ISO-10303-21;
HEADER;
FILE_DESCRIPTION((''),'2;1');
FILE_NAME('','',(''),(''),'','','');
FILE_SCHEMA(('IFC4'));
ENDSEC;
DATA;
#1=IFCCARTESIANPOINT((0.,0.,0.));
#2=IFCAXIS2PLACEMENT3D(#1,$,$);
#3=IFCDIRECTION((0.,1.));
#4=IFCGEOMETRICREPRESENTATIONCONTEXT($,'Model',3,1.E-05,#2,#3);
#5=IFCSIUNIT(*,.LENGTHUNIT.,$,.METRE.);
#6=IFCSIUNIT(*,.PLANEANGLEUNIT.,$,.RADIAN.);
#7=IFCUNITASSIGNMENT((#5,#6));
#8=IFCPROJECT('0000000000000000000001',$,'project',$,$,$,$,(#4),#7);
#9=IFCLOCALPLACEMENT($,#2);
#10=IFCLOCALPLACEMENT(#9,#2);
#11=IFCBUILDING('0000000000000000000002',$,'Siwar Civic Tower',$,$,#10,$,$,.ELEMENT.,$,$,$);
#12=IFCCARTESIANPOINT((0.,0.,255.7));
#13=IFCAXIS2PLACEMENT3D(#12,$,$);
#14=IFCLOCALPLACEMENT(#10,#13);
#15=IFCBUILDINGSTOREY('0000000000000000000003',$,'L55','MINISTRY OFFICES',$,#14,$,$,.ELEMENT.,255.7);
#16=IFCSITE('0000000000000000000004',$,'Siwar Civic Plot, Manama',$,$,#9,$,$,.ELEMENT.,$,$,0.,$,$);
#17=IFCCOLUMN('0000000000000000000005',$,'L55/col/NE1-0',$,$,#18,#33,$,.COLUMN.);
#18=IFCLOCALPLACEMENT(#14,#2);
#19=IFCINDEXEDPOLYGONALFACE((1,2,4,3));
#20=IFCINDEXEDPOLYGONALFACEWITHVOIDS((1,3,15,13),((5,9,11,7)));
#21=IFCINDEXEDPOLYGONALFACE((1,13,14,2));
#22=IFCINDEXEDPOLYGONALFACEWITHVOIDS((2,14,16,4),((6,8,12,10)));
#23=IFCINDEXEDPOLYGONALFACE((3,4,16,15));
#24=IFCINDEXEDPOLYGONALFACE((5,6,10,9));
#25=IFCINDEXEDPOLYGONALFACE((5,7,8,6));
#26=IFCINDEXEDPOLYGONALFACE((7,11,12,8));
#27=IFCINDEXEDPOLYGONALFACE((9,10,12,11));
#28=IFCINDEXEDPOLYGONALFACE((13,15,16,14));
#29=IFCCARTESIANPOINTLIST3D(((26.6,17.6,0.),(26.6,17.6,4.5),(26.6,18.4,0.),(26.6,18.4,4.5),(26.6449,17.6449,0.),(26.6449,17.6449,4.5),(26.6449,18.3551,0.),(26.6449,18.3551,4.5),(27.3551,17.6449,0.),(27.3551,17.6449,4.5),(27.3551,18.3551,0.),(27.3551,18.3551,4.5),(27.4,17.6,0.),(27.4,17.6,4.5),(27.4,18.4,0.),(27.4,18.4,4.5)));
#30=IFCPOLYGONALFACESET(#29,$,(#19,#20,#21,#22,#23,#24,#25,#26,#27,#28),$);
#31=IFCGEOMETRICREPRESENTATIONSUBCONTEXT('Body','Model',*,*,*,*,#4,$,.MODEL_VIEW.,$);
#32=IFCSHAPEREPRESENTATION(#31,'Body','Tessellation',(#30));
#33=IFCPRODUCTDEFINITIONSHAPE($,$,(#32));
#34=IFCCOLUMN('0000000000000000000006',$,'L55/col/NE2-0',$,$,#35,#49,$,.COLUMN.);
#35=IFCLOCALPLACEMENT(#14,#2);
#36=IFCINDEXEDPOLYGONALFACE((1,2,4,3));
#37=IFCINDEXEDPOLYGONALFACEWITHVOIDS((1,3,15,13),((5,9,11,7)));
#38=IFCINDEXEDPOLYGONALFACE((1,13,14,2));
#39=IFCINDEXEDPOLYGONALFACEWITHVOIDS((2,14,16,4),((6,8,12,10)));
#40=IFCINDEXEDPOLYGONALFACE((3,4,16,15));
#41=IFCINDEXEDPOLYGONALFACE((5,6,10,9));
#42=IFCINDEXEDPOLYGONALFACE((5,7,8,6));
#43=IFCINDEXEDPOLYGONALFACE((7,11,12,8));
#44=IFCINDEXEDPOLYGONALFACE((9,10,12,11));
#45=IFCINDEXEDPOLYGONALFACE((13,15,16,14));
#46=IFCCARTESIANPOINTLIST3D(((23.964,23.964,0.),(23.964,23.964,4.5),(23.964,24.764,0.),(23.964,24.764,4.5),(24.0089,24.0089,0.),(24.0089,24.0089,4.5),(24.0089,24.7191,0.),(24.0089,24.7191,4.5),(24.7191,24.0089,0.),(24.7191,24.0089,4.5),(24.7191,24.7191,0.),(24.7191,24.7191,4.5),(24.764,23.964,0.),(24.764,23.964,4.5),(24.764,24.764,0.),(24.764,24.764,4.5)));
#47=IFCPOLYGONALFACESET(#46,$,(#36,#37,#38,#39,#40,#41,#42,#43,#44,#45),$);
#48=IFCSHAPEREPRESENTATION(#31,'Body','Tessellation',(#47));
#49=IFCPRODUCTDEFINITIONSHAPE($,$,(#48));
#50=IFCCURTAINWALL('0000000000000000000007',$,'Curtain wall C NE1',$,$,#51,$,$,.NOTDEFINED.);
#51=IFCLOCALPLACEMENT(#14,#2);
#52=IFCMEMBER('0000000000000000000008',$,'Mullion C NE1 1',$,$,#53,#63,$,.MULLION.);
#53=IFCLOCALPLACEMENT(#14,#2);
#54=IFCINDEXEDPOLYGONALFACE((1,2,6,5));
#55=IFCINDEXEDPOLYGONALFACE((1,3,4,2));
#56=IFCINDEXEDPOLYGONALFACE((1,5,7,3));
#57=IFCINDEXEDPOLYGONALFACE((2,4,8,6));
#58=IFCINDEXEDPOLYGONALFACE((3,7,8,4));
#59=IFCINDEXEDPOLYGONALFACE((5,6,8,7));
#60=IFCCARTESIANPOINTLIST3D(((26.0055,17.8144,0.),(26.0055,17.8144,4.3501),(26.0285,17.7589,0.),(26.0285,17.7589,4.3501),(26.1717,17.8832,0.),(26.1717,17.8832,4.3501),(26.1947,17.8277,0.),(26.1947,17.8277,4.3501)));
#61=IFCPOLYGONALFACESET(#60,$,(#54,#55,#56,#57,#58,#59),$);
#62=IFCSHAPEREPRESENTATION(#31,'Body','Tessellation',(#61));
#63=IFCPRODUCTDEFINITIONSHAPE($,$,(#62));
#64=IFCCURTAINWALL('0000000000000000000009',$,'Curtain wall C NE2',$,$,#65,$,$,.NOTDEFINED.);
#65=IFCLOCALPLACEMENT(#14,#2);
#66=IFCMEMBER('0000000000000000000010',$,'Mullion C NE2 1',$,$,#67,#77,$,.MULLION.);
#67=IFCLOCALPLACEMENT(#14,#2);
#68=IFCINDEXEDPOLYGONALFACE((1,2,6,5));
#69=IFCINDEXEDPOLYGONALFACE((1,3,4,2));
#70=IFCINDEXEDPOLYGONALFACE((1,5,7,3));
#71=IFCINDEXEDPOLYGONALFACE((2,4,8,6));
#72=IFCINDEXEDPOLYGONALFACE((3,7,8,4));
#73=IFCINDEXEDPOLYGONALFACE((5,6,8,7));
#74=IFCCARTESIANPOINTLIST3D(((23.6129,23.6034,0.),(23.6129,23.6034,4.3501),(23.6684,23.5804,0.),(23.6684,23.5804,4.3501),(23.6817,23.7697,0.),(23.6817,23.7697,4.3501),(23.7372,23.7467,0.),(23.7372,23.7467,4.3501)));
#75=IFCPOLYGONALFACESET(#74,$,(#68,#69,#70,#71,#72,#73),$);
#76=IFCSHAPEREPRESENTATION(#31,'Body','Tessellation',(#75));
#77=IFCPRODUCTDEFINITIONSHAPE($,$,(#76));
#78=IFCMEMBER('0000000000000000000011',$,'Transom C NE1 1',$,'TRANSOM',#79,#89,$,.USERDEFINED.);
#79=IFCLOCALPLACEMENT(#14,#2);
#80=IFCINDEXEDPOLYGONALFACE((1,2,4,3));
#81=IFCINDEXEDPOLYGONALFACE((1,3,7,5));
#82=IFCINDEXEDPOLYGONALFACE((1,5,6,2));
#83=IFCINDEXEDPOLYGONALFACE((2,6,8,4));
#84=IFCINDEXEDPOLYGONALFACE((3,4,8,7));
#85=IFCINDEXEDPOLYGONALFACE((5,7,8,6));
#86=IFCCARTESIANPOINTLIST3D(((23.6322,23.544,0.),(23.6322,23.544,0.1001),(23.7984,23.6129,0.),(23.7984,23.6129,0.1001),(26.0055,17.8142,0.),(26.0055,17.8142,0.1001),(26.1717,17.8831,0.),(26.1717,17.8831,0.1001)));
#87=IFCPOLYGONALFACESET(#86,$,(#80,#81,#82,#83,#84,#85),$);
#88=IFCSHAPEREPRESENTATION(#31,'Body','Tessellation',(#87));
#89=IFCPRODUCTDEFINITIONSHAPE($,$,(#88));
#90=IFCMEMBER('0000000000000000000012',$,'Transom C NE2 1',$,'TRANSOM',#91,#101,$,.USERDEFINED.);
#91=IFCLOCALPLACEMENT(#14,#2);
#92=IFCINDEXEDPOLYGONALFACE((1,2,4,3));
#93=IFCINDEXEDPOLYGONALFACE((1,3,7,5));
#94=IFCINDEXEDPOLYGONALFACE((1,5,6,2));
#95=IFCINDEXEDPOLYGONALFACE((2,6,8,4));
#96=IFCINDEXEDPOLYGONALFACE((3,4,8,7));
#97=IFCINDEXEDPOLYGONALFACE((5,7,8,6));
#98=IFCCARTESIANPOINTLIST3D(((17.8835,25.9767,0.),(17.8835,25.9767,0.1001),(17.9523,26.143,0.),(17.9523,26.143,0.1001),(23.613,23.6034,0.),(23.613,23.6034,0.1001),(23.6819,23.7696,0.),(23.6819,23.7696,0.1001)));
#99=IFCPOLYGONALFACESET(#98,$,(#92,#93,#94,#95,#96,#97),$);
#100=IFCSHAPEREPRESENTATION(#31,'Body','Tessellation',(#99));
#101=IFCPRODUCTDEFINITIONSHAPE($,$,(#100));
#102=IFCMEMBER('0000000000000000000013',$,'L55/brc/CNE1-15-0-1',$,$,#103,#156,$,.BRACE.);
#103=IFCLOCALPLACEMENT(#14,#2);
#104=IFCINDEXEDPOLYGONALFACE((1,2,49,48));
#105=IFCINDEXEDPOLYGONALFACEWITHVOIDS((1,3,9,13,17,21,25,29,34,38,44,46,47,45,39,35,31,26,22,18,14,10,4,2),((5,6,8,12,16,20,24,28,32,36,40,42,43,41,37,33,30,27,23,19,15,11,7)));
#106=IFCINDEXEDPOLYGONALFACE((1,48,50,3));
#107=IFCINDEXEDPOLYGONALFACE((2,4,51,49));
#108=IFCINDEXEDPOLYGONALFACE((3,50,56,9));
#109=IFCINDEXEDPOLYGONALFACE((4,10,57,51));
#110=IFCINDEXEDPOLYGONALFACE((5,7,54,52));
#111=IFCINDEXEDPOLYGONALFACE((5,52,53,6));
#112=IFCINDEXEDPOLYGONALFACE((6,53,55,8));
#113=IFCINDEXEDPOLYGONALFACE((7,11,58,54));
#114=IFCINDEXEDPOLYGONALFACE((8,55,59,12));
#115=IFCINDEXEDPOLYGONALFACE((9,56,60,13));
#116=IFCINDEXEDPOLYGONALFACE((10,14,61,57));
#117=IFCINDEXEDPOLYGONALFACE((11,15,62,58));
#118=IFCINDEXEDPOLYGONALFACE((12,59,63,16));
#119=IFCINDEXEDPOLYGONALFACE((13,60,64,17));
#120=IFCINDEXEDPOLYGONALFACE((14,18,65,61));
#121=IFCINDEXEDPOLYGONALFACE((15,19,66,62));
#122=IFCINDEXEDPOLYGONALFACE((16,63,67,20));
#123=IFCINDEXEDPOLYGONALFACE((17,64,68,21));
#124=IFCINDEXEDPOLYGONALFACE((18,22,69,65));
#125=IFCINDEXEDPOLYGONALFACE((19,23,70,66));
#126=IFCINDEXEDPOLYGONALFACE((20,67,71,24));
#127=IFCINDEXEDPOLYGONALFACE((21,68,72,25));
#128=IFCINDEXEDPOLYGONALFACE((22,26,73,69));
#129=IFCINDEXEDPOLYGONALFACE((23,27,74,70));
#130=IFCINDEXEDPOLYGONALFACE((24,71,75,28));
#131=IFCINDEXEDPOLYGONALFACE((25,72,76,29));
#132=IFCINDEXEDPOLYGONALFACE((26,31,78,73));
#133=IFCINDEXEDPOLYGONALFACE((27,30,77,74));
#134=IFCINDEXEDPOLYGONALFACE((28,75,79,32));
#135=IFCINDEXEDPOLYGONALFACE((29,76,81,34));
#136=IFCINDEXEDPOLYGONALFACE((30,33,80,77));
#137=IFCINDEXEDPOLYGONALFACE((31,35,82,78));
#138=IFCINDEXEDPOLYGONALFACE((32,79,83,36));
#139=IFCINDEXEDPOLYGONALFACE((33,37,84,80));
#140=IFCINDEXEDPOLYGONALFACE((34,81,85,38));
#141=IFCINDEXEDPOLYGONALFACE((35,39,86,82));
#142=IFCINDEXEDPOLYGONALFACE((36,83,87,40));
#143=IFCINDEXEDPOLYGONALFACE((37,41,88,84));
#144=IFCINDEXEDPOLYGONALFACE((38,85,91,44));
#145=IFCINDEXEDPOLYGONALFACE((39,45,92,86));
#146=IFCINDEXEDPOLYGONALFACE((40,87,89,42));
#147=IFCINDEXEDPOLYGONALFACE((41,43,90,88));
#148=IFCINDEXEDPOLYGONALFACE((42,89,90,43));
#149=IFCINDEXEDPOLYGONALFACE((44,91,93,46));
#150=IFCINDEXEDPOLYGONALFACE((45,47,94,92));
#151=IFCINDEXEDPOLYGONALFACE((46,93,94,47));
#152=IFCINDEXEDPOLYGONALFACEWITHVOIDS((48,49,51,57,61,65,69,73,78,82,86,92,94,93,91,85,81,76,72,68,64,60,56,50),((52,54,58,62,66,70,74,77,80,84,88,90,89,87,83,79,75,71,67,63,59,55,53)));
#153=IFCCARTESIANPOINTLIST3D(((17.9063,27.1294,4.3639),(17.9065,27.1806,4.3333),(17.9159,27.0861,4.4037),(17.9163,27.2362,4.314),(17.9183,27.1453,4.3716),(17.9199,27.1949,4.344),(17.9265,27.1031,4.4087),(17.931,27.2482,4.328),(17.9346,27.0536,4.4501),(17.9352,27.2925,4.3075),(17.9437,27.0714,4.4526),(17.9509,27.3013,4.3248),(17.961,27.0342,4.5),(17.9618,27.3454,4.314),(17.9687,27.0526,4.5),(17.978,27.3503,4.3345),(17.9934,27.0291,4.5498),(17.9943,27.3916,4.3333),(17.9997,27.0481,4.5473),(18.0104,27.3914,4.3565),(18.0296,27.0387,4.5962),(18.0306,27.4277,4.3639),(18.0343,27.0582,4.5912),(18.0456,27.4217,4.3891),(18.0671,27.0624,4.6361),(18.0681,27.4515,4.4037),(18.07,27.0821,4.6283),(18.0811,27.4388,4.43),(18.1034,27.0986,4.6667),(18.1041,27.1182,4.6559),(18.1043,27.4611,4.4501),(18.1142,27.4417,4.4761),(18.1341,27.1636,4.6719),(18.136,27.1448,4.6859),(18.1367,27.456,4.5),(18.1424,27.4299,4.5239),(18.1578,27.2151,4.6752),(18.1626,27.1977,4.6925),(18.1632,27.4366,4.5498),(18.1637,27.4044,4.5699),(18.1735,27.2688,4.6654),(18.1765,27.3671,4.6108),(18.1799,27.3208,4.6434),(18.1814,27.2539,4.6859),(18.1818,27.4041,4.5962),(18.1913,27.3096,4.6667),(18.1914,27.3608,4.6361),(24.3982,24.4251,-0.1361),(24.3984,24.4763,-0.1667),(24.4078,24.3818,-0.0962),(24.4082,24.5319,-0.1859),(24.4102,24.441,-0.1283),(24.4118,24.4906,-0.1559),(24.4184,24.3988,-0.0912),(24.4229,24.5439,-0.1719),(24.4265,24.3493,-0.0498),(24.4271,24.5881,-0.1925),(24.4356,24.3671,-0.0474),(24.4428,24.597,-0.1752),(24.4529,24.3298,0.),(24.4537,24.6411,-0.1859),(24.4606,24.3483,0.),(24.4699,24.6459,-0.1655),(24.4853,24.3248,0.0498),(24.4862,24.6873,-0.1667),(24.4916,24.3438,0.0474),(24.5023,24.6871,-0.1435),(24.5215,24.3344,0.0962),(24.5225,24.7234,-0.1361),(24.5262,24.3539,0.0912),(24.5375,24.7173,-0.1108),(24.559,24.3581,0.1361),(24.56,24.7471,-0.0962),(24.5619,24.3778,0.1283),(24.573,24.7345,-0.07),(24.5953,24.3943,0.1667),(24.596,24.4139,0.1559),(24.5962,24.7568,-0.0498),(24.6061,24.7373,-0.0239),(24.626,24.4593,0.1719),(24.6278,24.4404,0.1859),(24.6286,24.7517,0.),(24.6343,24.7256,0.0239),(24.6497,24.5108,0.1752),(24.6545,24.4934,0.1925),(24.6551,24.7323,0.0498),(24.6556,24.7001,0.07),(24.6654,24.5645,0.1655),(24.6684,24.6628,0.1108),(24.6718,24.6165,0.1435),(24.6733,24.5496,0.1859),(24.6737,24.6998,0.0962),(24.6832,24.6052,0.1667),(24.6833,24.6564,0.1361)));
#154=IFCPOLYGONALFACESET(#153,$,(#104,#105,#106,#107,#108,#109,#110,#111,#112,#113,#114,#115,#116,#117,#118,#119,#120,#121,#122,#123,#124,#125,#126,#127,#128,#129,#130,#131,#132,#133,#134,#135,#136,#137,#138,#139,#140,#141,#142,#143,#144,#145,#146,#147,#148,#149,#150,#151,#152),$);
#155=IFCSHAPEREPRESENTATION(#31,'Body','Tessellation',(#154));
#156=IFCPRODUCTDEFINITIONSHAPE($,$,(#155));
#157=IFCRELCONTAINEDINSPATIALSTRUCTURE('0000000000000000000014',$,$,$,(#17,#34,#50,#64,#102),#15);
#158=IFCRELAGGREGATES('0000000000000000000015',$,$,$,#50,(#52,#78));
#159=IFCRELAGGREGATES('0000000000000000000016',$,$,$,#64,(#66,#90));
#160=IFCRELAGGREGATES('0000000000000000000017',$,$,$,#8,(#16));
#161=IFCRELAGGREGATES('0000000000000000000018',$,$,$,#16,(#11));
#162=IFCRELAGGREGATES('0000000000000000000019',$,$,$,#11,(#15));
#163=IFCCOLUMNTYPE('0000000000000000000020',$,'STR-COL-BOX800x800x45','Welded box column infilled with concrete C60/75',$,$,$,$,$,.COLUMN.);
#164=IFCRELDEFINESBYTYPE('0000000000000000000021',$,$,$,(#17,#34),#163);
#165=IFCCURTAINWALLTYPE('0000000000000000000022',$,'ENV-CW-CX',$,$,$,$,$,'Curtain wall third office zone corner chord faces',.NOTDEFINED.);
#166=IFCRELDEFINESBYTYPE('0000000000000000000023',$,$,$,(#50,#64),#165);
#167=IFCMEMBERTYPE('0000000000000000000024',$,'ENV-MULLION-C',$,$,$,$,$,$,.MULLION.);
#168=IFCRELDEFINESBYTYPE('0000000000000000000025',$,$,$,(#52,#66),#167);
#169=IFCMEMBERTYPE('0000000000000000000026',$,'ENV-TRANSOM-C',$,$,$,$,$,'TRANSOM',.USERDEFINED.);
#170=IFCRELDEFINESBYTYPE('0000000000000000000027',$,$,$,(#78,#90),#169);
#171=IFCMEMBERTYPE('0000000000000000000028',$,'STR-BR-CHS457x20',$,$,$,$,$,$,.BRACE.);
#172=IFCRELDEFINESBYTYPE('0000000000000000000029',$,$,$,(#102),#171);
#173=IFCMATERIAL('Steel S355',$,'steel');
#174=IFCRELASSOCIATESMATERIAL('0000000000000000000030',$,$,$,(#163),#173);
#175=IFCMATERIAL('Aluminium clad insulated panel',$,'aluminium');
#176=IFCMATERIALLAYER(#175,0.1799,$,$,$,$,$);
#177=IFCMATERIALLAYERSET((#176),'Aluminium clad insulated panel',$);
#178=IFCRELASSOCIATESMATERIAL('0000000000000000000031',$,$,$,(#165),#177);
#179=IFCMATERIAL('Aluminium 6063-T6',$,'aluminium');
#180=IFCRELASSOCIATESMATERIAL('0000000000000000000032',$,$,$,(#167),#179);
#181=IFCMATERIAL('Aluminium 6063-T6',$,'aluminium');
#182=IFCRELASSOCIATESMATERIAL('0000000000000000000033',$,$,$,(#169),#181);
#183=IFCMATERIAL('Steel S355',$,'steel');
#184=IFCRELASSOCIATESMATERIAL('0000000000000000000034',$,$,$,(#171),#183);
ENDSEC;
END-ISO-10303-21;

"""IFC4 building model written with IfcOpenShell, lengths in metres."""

from ifc_helpers import new_model, si_unit, direction, frame, origin, origin_2d, place, context, subcontext, project, spatial, rectangle, hollow_rectangle, hollow_circle, extrude, material, layer, layer_set, material_profile, profile_set, type_object, element, aggregate, save


model = new_model("IFC4")

# Units and contexts
model_context = context("Model", 3, precision=1e-05, world=origin(), true_north=direction((0.0, 1.0)))
body_context = subcontext(model_context, "Body", "Model", "MODEL_VIEW")
ifc_project = project(units=[si_unit("LENGTHUNIT", "METRE"), si_unit("PLANEANGLEUNIT", "RADIAN")], contexts=[model_context])

# Site, building, storey
site_placement = place(None, origin())
site = spatial("IfcSite", under=ifc_project, at=site_placement, Name="Siwar Civic Plot, Manama", CompositionType="ELEMENT", RefElevation=0.0)
building_placement = place(site_placement, origin())
building = spatial("IfcBuilding", under=site, at=building_placement, Name="Siwar Civic Tower", CompositionType="ELEMENT")
storey_placement = place(building_placement, frame((0.0, 0.0, 255.7)))
storey = spatial("IfcBuildingStorey", under=building, at=storey_placement, Name="L55", Description="MINISTRY OFFICES", CompositionType="ELEMENT", Elevation=255.7)

# Columns
ifc_material_1 = material(Name="Steel S355", Category="steel")
ifc_material_profile_1 = material_profile(ifc_material_1, hollow_rectangle(XDim=0.8, YDim=0.8, WallThickness=0.0449, at=origin_2d()), Name="BOX800x800x45")
ifc_profile_set_1 = profile_set([ifc_material_profile_1], Name="Steel S355")
column_type = type_object("IfcColumnType", Name="STR-COL-BOX800x800x45", Description="Welded box column infilled with concrete C60/75", PredefinedType="COLUMN", material=ifc_profile_set_1)
for number, where, z_axis, x_axis, name in (
    (1, (27.0, 18.0, 0.0), (0.0, 0.0, 1.0), (1.0, 0.0, 0.0), "L55/col/NE1-0"),
    (2, (24.364, 24.364, 0.0), (0.0, 0.0, 1.0), (1.0, 0.0, 0.0), "L55/col/NE2-0"),
):
    element("IfcColumn", number, at=place(storey_placement, frame(where, z_axis=z_axis, x_axis=x_axis)), inside=storey, type_object=column_type, Name=name, PredefinedType="COLUMN", context=body_context, shape_type="SweptSolid", body=[
        extrude(hollow_rectangle(XDim=0.8, YDim=0.8, WallThickness=0.0449, at=origin_2d()), origin(), (0.0, 0.0, 1.0), 4.5),
    ])

# Curtain walls, members
ifc_material_2 = material(Name="Aluminium clad insulated panel", Category="aluminium")
ifc_layer_1 = layer(ifc_material_2, 0.1799)
ifc_layer_set_1 = layer_set([ifc_layer_1], Name="Aluminium clad insulated panel")
curtain_wall_type_1 = type_object("IfcCurtainWallType", Name="ENV-CW-CX", ElementType="Curtain wall third office zone corner chord faces", PredefinedType="NOTDEFINED", material=ifc_layer_set_1)
curtain_wall_1_placement = place(storey_placement, origin())
curtain_wall_1 = element("IfcCurtainWall", 3, at=curtain_wall_1_placement, inside=storey, type_object=curtain_wall_type_1, Name="Curtain wall C NE1", PredefinedType="NOTDEFINED")
ifc_material_3 = material(Name="Aluminium 6063-T6", Category="aluminium")
ifc_material_profile_2 = material_profile(ifc_material_3, rectangle(XDim=0.1799, YDim=0.0601, at=origin_2d()), Name="AL 180x60")
ifc_profile_set_2 = profile_set([ifc_material_profile_2], Name="Aluminium 6063-T6")
member_type_1 = type_object("IfcMemberType", Name="ENV-MULLION-C", PredefinedType="MULLION", material=ifc_profile_set_2)
member_1_placement = place(storey_placement, frame((26.1001, 17.821, 0.0), z_axis=(0.0, 0.0, 1.0), x_axis=(-0.92388, -0.382683, 0.0)))
member_1 = element("IfcMember", 4, at=member_1_placement, type_object=member_type_1, Name="Mullion C NE1 1", PredefinedType="MULLION", context=body_context, shape_type="SweptSolid", body=[
    extrude(rectangle(XDim=0.1799, YDim=0.0601, at=origin_2d()), origin(), (0.0, 0.0, 1.0), 4.3501),
])
curtain_wall_2_placement = place(storey_placement, origin())
curtain_wall_2 = element("IfcCurtainWall", 5, at=curtain_wall_2_placement, inside=storey, type_object=curtain_wall_type_1, Name="Curtain wall C NE2", PredefinedType="NOTDEFINED")
member_2_placement = place(storey_placement, frame((23.675, 23.675, 0.0), z_axis=(0.0, 0.0, 1.0), x_axis=(-0.382683, -0.92388, 0.0)))
member_2 = element("IfcMember", 6, at=member_2_placement, type_object=member_type_1, Name="Mullion C NE2 1", PredefinedType="MULLION", context=body_context, shape_type="SweptSolid", body=[
    extrude(rectangle(XDim=0.1799, YDim=0.0601, at=origin_2d()), origin(), (0.0, 0.0, 1.0), 4.3501),
])

# Members
ifc_material_4 = material(Name="Aluminium 6063-T6", Category="aluminium")
ifc_material_profile_3 = material_profile(ifc_material_4, rectangle(XDim=0.1799, YDim=0.1001, at=origin_2d()), Name="AL 180x100")
ifc_profile_set_3 = profile_set([ifc_material_profile_3], Name="Aluminium 6063-T6")
member_type_2 = type_object("IfcMemberType", Name="ENV-TRANSOM-C", ElementType="TRANSOM", PredefinedType="USERDEFINED", material=ifc_profile_set_3)
member_3_placement = place(storey_placement, frame((26.0886, 17.8486, 0.05), z_axis=(-0.382677, 0.923882, 0.0), x_axis=(-0.923882, -0.382677, 0.0)))
member_3 = element("IfcMember", 7, at=member_3_placement, type_object=member_type_2, Name="Transom C NE1 1", ObjectType="TRANSOM", PredefinedType="USERDEFINED", context=body_context, shape_type="SweptSolid", body=[
    extrude(rectangle(XDim=0.1799, YDim=0.1001, at=origin_2d()), origin(), (0.0, 0.0, 1.0), 6.2019),
])
member_4_placement = place(storey_placement, frame((23.6475, 23.6865, 0.05), z_axis=(-0.923876, 0.382691, 0.0), x_axis=(-0.382691, -0.923876, 0.0)))
member_4 = element("IfcMember", 8, at=member_4_placement, type_object=member_type_2, Name="Transom C NE2 1", ObjectType="TRANSOM", PredefinedType="USERDEFINED", context=body_context, shape_type="SweptSolid", body=[
    extrude(rectangle(XDim=0.1799, YDim=0.1001, at=origin_2d()), origin(), (0.0, 0.0, 1.0), 6.2017),
])

# Member
ifc_material_5 = material(Name="Steel S355", Category="steel")
ifc_material_profile_4 = material_profile(ifc_material_5, hollow_circle(Radius=0.2285, WallThickness=0.02, at=origin_2d()), Name="CHS457x20")
ifc_profile_set_4 = profile_set([ifc_material_profile_4], Name="Steel S355")
member_type_3 = type_object("IfcMemberType", Name="STR-BR-CHS457x20", PredefinedType="BRACE", material=ifc_profile_set_4)
member_5_placement = place(storey_placement, frame((24.5408, 24.5408, 0.0), z_axis=(-0.777555, 0.323906, 0.538975), x_axis=(-0.384539, -0.923109, 0.0)))
element("IfcMember", 9, at=member_5_placement, inside=storey, type_object=member_type_3, Name="L55/brc/CNE1-15-0-1", PredefinedType="BRACE", context=body_context, shape_type="SweptSolid", body=[
    extrude(hollow_circle(Radius=0.2285, WallThickness=0.02, at=origin_2d()), origin(), (0.0, 0.0, 1.0), 8.3491),
])

aggregate(curtain_wall_1, [member_1, member_3])
aggregate(curtain_wall_2, [member_2, member_4])

save(model, "model.ifc")
